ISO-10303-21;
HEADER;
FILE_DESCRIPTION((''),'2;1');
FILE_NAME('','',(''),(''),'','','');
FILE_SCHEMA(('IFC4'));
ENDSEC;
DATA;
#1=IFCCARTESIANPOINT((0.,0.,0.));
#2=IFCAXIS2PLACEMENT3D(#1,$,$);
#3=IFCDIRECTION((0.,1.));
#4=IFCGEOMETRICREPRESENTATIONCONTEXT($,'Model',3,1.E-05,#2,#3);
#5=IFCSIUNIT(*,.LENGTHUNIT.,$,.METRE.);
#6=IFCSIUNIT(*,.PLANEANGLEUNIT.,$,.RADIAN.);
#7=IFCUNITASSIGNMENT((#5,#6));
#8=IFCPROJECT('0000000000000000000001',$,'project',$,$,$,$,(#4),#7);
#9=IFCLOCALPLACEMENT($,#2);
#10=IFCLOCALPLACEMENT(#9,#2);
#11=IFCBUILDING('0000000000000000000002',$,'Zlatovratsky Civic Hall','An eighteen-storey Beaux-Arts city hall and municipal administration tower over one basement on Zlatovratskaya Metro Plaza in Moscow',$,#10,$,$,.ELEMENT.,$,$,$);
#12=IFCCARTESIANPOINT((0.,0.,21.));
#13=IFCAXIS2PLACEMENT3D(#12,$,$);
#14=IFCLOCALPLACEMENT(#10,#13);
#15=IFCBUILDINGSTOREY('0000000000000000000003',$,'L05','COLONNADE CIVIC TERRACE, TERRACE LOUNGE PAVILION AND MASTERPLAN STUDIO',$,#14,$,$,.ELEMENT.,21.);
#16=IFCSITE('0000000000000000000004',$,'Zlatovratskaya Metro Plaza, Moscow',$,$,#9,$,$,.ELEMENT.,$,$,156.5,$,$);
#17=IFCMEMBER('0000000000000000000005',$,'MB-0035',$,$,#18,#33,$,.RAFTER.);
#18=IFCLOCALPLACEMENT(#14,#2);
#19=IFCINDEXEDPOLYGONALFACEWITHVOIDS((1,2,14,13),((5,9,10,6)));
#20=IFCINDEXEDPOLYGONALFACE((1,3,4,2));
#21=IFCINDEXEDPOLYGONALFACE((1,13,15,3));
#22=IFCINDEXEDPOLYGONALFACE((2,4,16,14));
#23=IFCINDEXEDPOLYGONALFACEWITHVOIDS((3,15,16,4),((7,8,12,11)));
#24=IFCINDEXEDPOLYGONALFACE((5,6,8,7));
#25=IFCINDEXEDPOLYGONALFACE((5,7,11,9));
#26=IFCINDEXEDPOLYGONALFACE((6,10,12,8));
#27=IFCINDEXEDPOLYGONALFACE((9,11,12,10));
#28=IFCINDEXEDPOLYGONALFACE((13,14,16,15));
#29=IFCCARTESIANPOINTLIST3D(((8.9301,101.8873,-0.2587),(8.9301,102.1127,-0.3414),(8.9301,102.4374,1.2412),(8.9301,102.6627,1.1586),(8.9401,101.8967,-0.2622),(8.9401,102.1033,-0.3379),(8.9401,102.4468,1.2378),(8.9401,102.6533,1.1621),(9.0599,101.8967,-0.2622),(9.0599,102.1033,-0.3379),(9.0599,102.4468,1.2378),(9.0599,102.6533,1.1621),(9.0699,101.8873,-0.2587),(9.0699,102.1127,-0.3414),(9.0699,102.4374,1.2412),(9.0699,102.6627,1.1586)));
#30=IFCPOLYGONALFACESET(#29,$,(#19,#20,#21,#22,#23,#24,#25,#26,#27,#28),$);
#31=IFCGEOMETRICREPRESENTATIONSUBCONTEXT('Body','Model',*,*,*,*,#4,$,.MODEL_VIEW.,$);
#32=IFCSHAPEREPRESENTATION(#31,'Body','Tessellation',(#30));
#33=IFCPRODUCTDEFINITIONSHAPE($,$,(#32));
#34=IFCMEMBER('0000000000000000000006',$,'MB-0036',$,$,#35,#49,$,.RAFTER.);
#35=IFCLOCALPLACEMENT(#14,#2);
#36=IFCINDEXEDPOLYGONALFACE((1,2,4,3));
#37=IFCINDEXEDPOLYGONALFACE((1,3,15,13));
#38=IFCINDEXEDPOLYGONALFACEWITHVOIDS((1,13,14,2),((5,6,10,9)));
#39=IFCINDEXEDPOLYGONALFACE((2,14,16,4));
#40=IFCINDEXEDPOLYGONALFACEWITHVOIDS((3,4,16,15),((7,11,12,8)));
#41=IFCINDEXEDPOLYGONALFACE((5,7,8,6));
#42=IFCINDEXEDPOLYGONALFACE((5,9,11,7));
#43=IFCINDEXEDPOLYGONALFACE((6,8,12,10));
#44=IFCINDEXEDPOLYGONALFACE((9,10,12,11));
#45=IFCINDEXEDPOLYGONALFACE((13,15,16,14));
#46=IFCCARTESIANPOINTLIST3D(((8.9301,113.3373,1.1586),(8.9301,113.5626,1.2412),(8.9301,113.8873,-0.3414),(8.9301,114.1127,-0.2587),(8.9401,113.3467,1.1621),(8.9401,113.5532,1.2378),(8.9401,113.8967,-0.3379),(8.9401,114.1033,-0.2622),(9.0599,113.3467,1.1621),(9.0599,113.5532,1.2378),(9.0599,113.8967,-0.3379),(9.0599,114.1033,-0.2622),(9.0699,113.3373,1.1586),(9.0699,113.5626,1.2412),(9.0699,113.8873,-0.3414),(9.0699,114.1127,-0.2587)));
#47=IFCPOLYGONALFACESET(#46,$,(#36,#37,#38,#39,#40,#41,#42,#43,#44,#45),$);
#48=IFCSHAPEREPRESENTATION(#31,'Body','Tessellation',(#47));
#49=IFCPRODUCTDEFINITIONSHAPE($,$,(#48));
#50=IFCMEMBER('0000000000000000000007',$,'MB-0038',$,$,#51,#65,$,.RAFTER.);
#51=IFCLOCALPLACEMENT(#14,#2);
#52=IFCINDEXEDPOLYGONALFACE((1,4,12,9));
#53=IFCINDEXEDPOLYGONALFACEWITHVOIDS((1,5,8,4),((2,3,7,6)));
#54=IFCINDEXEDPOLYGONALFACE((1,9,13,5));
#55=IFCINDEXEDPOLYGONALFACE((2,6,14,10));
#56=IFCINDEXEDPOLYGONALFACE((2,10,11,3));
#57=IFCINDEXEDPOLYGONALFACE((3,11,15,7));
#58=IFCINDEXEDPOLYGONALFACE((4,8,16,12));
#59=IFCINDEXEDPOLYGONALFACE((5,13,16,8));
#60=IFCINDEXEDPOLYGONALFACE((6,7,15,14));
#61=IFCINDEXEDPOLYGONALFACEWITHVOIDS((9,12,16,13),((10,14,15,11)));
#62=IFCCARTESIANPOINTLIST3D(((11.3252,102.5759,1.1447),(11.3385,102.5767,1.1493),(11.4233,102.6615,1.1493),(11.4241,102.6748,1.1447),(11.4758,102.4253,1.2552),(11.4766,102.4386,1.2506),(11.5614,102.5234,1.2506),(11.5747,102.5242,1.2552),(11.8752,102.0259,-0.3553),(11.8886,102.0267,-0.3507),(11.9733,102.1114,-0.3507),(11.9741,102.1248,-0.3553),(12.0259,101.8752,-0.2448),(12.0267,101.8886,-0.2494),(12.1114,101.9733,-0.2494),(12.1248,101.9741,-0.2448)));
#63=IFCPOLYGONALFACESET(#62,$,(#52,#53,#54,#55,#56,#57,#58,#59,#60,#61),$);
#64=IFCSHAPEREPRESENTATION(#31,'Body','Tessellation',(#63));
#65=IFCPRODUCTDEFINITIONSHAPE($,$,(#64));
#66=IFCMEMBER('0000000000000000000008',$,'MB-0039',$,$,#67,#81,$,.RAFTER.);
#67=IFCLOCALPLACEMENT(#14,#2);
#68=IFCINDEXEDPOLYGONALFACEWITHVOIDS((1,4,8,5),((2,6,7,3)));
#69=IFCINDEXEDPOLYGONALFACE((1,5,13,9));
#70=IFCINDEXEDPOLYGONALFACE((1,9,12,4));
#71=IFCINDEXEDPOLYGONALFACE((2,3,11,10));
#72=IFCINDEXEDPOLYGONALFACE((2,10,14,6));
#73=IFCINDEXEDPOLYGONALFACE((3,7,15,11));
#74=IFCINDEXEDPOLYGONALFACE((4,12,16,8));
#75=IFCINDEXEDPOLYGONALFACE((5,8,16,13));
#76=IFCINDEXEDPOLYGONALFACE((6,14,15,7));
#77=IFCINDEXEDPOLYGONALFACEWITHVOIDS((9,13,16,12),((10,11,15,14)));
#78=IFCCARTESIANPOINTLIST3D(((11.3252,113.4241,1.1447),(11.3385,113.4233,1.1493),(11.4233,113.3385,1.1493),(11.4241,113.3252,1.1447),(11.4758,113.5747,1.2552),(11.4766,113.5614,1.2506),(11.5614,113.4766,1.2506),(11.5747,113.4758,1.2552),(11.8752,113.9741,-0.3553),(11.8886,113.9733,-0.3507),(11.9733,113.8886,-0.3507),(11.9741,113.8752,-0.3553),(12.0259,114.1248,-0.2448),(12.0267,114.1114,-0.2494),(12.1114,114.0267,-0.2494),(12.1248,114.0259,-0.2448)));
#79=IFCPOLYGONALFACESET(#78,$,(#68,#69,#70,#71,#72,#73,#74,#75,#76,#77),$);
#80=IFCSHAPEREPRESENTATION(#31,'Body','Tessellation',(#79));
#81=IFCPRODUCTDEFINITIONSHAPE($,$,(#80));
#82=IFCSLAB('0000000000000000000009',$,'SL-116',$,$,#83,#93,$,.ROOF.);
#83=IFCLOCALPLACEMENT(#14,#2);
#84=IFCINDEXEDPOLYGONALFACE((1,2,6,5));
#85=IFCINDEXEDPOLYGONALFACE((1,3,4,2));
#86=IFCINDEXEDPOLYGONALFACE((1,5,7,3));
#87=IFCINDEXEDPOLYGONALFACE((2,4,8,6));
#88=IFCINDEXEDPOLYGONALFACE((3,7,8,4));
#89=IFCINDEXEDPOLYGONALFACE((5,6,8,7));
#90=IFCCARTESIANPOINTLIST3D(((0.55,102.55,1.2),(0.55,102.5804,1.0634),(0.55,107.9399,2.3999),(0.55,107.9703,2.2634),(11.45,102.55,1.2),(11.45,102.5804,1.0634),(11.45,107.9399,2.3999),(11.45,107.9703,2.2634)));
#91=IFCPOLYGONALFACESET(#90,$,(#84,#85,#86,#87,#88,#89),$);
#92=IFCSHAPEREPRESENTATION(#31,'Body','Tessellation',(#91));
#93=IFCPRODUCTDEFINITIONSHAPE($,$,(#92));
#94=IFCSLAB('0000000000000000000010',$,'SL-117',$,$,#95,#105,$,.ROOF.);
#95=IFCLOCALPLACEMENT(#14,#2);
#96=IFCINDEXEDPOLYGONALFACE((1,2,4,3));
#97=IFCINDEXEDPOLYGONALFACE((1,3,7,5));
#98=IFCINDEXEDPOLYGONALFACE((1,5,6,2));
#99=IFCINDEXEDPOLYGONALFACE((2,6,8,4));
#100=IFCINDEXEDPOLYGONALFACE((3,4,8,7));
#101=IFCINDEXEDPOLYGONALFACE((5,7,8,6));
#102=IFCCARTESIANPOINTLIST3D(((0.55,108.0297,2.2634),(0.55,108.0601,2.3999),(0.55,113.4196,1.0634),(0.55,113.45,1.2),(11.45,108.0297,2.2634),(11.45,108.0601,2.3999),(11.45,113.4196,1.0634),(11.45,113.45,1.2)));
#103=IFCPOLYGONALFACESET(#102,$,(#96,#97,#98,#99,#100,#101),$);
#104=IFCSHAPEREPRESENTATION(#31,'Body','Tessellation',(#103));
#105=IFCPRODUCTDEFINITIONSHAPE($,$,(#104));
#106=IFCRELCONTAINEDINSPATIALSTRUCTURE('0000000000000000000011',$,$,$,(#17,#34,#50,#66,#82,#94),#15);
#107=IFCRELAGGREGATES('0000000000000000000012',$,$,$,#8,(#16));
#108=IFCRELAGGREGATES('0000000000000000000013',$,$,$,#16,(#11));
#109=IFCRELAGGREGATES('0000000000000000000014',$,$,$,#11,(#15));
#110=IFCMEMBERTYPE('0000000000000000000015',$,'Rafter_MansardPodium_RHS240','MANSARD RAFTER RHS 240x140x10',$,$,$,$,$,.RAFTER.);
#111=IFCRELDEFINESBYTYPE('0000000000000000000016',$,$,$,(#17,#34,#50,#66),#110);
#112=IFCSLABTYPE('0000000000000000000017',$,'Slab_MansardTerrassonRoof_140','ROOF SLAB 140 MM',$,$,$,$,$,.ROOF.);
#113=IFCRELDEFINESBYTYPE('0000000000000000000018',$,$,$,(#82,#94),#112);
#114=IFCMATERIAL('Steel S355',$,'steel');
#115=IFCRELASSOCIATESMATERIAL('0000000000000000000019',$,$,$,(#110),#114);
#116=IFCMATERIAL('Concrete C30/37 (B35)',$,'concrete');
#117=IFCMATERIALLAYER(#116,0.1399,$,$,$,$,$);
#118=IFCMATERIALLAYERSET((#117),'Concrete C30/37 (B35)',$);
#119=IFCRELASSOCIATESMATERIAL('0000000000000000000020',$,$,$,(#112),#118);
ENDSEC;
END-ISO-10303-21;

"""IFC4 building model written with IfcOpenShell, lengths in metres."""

from ifc_helpers import new_model, si_unit, direction, frame, origin, origin_2d, place, context, subcontext, project, spatial, polyline, hollow_rectangle, outline, extrude, material, layer, layer_set, material_profile, profile_set, type_object, element, save


model = new_model("IFC4")

# Units and contexts
model_context = context("Model", 3, precision=1e-05, world=origin(), true_north=direction((0.0, 1.0)))
body_context = subcontext(model_context, "Body", "Model", "MODEL_VIEW")
ifc_project = project(units=[si_unit("LENGTHUNIT", "METRE"), si_unit("PLANEANGLEUNIT", "RADIAN")], contexts=[model_context])

# Site, building, storey
site_placement = place(None, origin())
site = spatial("IfcSite", under=ifc_project, at=site_placement, Name="Zlatovratskaya Metro Plaza, Moscow", CompositionType="ELEMENT", RefElevation=156.5)
building_placement = place(site_placement, origin())
building = spatial("IfcBuilding", under=site, at=building_placement, Name="Zlatovratsky Civic Hall", Description="An eighteen-storey Beaux-Arts city hall and municipal administration tower over one basement on Zlatovratskaya Metro Plaza in Moscow", CompositionType="ELEMENT")
storey_placement = place(building_placement, frame((0.0, 0.0, 21.0)))
storey = spatial("IfcBuildingStorey", under=building, at=storey_placement, Name="L05", Description="COLONNADE CIVIC TERRACE, TERRACE LOUNGE PAVILION AND MASTERPLAN STUDIO", CompositionType="ELEMENT", Elevation=21.0)

# Shared definitions
ifc_material_1 = material(Name="Steel S355", Category="steel")

# Members
ifc_material_profile_1 = material_profile(ifc_material_1, hollow_rectangle(XDim=0.1399, YDim=0.24, WallThickness=0.01, at=origin_2d()), Name="RHS 240x140x10")
ifc_profile_set_1 = profile_set([ifc_material_profile_1], Name="Steel S355")
member_type_1 = type_object("IfcMemberType", Name="Rafter_MansardPodium_RHS240", Description="MANSARD RAFTER RHS 240x140x10", PredefinedType="RAFTER", material=ifc_profile_set_1)
for number, where, z_axis, x_axis, name in (
    (1, (9.0, 102.0, -0.3), (0.0, 0.344282, 0.938866), (-1.0, 0.0, 0.0), "MB-0035"),
    (2, (9.0, 114.0, -0.3), (0.0, -0.344282, 0.938866), (1.0, 0.0, 0.0), "MB-0036"),
):
    element("IfcMember", number, at=place(storey_placement, frame(where, z_axis=z_axis, x_axis=x_axis)), inside=storey, type_object=member_type_1, Name=name, PredefinedType="RAFTER", context=body_context, shape_type="SweptSolid", body=[
        extrude(hollow_rectangle(XDim=0.1399, YDim=0.24, WallThickness=0.01, at=origin_2d()), origin(), (0.0, 0.0, 1.0), 1.5977),
    ])
for number, where, z_axis, x_axis, name in (
    (3, (12.0, 102.0, -0.3), (-0.325529, 0.325529, 0.887728), (-0.707107, -0.707107, 0.0), "MB-0038"),
    (4, (12.0, 114.0, -0.3), (-0.325529, -0.325529, 0.887728), (0.707107, -0.707107, 0.0), "MB-0039"),
):
    element("IfcMember", number, at=place(storey_placement, frame(where, z_axis=z_axis, x_axis=x_axis)), inside=storey, type_object=member_type_1, Name=name, PredefinedType="RAFTER", context=body_context, shape_type="SweptSolid", body=[
        extrude(hollow_rectangle(XDim=0.1399, YDim=0.24, WallThickness=0.01, at=origin_2d()), origin(), (0.0, 0.0, 1.0), 1.6897),
    ])

# Slabs
ifc_material_2 = material(Name="Concrete C30/37 (B35)", Category="concrete")
ifc_layer = layer(ifc_material_2, 0.1399)
ifc_layer_set = layer_set([ifc_layer], Name="Concrete C30/37 (B35)")
slab_type = type_object("IfcSlabType", Name="Slab_MansardTerrassonRoof_140", Description="ROOF SLAB 140 MM", PredefinedType="ROOF", material=ifc_layer_set)
for number, where, z_axis, x_axis, name in (
    (5, (0.55, 102.55, 1.2), (0.0, -0.21731, 0.976103), (1.0, 0.0, 0.0), "SL-116"),
    (6, (11.45, 113.45, 1.2), (0.0, 0.21731, 0.976103), (-1.0, 0.0, 0.0), "SL-117"),
):
    element("IfcSlab", number, at=place(storey_placement, frame(where, z_axis=z_axis, x_axis=x_axis)), inside=storey, type_object=slab_type, Name=name, PredefinedType="ROOF", context=body_context, shape_type="SweptSolid", body=[
        extrude(outline(polyline([(0.0, 0.0), (10.8999, 0.0), (10.8999, 5.5218), (0.0, 5.5218), (0.0, 0.0)])), origin(), (0.0, 0.0, -1.0), 0.1399),
    ])

save(model, "model.ifc")
